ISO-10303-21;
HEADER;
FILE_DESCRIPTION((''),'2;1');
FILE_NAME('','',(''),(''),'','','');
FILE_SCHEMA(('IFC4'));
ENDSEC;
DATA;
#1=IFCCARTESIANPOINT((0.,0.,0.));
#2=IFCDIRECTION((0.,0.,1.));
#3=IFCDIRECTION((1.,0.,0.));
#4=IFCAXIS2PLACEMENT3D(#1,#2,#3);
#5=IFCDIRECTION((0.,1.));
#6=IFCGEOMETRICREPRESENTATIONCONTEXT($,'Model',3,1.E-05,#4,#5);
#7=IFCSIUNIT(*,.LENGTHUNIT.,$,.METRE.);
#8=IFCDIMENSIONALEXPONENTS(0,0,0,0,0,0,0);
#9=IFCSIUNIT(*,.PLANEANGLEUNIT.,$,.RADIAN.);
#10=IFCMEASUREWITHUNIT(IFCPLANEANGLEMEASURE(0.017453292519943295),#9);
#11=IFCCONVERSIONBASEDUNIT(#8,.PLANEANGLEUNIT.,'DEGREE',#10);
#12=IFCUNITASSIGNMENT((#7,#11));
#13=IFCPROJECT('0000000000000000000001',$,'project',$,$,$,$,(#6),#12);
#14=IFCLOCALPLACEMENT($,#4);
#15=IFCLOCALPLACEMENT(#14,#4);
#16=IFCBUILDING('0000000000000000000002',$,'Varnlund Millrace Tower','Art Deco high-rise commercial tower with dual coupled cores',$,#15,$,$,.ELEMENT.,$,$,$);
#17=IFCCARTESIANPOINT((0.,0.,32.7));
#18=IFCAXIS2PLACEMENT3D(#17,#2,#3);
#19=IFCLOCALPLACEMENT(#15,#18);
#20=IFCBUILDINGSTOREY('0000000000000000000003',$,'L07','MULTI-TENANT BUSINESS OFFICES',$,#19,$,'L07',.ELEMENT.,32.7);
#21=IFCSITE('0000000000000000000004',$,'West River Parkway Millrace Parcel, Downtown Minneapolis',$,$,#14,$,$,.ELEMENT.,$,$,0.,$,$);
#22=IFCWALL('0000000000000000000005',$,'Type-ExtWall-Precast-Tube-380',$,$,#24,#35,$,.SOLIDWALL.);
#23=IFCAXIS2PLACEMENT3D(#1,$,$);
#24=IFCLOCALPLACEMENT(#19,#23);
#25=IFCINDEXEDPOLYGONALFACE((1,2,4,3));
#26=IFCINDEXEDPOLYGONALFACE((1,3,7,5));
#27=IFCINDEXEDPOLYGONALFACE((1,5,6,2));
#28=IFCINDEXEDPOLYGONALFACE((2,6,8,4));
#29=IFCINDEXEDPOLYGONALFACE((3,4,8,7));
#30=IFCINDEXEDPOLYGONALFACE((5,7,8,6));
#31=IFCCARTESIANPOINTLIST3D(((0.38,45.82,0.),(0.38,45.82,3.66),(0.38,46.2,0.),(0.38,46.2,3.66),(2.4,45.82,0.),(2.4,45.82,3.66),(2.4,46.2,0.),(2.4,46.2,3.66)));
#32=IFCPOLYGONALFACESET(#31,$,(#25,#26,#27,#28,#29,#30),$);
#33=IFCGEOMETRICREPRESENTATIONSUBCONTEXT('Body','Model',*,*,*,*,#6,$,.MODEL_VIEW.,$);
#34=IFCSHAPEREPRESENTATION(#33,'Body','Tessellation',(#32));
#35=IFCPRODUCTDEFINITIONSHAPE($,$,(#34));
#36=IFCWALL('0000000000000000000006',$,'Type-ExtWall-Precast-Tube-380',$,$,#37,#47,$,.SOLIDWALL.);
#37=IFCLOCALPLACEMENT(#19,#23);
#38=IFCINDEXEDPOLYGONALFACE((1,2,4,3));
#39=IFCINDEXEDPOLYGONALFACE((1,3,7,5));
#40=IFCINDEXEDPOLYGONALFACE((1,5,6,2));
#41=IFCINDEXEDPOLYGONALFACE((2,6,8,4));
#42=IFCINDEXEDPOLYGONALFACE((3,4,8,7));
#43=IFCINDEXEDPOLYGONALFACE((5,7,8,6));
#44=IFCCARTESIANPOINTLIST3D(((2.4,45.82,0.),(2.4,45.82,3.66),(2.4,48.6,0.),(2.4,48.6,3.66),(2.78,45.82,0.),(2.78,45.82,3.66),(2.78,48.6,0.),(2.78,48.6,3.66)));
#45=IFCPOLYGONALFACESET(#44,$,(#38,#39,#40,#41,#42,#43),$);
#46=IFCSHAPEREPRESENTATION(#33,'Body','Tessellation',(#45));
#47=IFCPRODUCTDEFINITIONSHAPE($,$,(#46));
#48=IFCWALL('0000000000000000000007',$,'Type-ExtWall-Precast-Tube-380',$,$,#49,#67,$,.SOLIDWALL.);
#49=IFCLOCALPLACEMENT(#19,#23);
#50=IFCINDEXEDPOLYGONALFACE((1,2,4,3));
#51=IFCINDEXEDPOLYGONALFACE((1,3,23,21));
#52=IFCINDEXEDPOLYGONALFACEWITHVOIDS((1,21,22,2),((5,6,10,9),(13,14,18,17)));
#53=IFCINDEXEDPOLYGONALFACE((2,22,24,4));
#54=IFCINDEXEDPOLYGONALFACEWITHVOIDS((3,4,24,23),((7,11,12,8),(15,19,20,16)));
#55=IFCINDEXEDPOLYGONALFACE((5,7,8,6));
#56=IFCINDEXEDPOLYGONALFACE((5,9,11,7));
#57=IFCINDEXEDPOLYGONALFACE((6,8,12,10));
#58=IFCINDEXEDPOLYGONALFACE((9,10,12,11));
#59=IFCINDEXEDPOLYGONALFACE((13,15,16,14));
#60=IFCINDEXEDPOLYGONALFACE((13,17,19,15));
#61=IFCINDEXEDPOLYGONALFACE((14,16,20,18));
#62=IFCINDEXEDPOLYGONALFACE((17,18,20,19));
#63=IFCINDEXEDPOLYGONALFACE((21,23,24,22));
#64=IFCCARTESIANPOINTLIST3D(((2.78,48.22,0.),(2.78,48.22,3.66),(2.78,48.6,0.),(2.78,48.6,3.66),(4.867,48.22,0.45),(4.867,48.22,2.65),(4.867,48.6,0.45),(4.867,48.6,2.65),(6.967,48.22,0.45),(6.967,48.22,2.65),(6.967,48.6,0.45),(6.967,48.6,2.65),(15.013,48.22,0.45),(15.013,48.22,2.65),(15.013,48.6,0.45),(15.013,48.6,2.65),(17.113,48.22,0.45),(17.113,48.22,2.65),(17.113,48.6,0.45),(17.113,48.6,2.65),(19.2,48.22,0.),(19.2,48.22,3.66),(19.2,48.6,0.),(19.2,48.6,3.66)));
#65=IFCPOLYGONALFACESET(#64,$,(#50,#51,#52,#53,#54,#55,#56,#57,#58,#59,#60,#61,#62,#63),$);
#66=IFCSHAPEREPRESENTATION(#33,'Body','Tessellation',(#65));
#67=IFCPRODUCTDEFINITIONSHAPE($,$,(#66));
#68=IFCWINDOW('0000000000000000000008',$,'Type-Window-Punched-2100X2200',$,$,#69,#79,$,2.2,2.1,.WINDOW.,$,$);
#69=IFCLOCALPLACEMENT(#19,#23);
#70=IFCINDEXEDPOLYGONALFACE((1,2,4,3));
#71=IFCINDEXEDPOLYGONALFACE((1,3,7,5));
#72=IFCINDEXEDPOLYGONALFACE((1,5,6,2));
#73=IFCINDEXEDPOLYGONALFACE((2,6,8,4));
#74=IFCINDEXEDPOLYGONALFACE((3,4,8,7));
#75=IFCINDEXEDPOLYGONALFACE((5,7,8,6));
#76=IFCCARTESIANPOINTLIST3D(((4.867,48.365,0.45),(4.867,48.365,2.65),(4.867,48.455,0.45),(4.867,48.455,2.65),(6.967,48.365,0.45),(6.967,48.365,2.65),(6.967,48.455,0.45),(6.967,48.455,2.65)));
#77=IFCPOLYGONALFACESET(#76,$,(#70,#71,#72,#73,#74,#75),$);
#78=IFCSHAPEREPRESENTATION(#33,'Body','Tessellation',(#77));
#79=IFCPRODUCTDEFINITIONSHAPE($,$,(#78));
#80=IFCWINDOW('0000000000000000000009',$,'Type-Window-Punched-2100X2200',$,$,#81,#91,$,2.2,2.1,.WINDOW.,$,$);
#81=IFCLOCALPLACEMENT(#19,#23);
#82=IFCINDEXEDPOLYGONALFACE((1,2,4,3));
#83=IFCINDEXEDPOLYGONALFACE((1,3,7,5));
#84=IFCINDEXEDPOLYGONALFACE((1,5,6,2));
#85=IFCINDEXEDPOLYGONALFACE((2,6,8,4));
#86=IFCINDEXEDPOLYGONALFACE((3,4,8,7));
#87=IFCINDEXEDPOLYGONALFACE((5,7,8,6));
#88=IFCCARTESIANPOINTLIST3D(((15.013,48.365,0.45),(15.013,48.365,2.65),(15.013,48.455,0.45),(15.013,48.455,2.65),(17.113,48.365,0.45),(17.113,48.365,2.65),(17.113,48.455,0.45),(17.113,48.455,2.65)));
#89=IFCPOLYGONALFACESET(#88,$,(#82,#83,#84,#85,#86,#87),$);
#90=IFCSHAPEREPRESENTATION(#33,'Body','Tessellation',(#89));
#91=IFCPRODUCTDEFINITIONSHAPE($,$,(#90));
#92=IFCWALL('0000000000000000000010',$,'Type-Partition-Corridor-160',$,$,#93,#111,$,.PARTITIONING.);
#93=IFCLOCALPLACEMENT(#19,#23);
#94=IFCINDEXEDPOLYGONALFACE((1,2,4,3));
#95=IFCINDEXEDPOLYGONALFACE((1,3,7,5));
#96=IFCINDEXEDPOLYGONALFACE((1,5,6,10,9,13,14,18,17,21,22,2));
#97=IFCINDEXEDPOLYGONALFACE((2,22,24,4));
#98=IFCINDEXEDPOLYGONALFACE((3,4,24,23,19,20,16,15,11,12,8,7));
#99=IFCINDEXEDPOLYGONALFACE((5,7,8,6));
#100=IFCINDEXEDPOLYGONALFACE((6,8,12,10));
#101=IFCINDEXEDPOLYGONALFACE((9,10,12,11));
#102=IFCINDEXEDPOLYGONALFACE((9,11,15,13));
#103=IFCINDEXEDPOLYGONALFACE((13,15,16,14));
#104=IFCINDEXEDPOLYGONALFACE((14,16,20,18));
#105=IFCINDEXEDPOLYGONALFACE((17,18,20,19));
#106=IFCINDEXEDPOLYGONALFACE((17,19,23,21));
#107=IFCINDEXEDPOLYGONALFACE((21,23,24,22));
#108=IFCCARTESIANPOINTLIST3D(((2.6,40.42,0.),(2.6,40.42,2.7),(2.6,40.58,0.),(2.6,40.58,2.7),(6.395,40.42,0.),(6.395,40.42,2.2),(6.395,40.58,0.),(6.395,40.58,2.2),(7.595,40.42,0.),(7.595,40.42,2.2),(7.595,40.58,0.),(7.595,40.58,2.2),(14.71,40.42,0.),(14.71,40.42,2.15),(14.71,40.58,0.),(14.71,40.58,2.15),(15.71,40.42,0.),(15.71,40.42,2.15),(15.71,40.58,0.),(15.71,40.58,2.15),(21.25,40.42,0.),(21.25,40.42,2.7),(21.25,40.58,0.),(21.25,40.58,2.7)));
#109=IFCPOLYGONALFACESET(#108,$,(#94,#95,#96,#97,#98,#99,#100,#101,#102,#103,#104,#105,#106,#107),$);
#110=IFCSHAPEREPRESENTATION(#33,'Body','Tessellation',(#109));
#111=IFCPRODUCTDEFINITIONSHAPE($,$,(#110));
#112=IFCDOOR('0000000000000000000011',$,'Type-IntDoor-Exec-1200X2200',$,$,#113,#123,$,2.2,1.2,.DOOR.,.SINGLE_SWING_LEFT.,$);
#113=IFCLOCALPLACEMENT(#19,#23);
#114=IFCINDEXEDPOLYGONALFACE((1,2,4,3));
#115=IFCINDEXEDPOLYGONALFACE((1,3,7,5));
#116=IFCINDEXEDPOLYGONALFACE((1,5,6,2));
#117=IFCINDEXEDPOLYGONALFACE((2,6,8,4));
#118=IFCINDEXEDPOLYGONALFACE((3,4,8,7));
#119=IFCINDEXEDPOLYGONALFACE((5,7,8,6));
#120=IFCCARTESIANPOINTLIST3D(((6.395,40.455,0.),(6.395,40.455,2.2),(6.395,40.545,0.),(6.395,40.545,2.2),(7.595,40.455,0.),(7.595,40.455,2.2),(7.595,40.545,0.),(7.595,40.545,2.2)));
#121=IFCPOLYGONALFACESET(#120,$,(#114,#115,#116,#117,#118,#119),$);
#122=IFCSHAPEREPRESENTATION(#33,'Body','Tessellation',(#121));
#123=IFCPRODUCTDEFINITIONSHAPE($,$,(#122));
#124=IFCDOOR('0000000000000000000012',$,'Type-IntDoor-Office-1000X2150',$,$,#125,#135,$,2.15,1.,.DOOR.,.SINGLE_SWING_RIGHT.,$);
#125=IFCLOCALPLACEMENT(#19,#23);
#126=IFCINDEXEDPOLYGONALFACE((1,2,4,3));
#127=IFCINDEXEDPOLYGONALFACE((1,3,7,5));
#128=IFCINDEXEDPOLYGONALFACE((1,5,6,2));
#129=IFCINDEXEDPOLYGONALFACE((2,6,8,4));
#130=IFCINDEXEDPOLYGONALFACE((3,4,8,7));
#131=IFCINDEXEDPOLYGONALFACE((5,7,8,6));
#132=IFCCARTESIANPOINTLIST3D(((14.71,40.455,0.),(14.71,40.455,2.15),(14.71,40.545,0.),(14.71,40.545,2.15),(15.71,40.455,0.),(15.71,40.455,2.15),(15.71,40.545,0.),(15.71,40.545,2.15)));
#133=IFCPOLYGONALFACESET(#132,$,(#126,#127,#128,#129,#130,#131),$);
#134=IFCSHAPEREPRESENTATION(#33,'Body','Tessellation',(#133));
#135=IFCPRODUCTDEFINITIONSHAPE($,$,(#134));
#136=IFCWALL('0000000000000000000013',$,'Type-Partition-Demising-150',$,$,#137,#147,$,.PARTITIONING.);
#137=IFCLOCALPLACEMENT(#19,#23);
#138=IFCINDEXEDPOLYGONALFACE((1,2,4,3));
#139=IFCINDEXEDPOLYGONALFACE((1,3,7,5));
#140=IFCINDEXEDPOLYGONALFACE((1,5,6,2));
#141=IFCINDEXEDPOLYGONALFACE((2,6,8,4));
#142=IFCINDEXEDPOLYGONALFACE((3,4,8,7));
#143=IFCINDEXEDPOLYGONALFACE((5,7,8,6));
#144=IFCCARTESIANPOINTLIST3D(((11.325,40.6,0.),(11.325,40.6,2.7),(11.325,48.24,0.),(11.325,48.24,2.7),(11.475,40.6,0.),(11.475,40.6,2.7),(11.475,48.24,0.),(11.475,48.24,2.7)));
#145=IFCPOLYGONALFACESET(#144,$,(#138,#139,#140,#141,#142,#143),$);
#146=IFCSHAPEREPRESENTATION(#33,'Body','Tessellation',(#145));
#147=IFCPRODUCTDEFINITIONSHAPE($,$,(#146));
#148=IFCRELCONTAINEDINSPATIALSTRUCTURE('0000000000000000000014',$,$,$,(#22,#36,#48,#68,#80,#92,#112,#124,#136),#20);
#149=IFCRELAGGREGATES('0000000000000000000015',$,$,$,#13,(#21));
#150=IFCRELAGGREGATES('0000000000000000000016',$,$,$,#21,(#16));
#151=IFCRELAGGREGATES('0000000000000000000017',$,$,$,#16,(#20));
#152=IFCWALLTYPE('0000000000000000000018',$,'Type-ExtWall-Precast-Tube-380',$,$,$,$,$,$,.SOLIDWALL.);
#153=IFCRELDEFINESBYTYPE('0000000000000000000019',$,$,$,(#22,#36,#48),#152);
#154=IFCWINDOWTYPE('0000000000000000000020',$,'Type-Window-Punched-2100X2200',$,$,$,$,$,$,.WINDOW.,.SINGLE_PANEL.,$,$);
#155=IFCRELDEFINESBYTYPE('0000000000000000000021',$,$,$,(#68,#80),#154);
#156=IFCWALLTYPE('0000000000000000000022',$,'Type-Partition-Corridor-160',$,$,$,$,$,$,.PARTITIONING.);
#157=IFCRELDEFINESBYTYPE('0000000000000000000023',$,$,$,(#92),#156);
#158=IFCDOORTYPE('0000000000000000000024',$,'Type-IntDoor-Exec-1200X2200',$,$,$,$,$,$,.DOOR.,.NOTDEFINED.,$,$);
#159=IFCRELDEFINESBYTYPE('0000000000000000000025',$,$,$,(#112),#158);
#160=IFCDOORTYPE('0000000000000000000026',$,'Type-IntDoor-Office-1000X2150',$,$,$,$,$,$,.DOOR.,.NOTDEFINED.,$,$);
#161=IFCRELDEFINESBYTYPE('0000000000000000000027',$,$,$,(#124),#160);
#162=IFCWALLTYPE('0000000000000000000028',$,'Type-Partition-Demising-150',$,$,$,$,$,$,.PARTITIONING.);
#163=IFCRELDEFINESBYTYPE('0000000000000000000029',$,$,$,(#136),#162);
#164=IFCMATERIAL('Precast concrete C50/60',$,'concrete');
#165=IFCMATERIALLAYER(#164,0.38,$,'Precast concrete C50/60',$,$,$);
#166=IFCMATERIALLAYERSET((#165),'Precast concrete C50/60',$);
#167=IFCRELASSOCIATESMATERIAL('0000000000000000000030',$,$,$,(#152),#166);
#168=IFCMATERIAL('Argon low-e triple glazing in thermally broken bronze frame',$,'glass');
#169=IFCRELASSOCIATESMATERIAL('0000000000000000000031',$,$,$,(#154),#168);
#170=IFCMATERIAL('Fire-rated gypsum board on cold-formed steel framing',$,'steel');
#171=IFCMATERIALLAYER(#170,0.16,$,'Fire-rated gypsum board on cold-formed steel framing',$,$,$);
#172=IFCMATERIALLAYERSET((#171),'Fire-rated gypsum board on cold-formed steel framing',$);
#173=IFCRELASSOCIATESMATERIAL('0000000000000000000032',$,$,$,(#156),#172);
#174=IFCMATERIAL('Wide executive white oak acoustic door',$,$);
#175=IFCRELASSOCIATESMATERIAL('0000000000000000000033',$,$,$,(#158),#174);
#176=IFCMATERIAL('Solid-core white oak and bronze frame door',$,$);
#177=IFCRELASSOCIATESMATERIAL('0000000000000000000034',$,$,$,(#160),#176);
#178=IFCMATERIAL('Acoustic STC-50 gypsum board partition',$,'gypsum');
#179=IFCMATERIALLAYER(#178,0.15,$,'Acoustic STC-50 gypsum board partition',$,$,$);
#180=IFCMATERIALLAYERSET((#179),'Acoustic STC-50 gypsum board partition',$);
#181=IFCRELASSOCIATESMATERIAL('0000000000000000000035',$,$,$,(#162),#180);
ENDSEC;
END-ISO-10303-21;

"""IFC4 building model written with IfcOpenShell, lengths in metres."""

from ifc_helpers import new_model, entity, si_unit, converted_unit, direction, frame, origin_with_axes, origin_2d_with_axis, place, context, subcontext, project, spatial, polyline, rectangle, outline, extrude, material, layer, layer_set, type_object, element, fill, save


model = new_model("IFC4")

# Units and contexts
model_context = context("Model", 3, precision=1e-05, world=origin_with_axes(), true_north=direction((0.0, 1.0)))
body_context = subcontext(model_context, "Body", "Model", "MODEL_VIEW")
ifc_project = project(units=[si_unit("LENGTHUNIT", "METRE"), converted_unit("PLANEANGLEUNIT", "DEGREE", entity("IfcPlaneAngleMeasure", 0.017453292519943295), si_unit("PLANEANGLEUNIT", "RADIAN"), dimensions=[0, 0, 0, 0, 0, 0, 0])], contexts=[model_context])

# Site, building, storey
site_placement = place(None, origin_with_axes())
site = spatial("IfcSite", under=ifc_project, at=site_placement, Name="West River Parkway Millrace Parcel, Downtown Minneapolis", CompositionType="ELEMENT", RefElevation=0.0)
building_placement = place(site_placement, origin_with_axes())
building = spatial("IfcBuilding", under=site, at=building_placement, Name="Varnlund Millrace Tower", Description="Art Deco high-rise commercial tower with dual coupled cores", CompositionType="ELEMENT")
storey_placement = place(building_placement, frame((0.0, 0.0, 32.7), z_axis=(0.0, 0.0, 1.0), x_axis=(1.0, 0.0, 0.0)))
storey = spatial("IfcBuildingStorey", under=building, at=storey_placement, Name="L07", Description="MULTI-TENANT BUSINESS OFFICES", LongName="L07", CompositionType="ELEMENT", Elevation=32.7)

# Walls
ifc_material_1 = material(Name="Precast concrete C50/60", Category="concrete")
ifc_layer_1 = layer(ifc_material_1, 0.38, Name="Precast concrete C50/60")
ifc_layer_set_1 = layer_set([ifc_layer_1], Name="Precast concrete C50/60")
wall_type_1 = type_object("IfcWallType", Name="Type-ExtWall-Precast-Tube-380", PredefinedType="SOLIDWALL", material=ifc_layer_set_1)
wall_1_placement = place(storey_placement, frame((0.38, 46.01, 0.0), z_axis=(0.0, 0.0, 1.0), x_axis=(1.0, 0.0, 0.0)))
element("IfcWall", 1, at=wall_1_placement, inside=storey, type_object=wall_type_1, Name="Type-ExtWall-Precast-Tube-380", PredefinedType="SOLIDWALL", context=body_context, shape_type="SweptSolid", body=[
    extrude(outline(polyline([(0.0, -0.19), (2.02, -0.19), (2.02, 0.19), (0.0, 0.19), (0.0, -0.19)])), origin_with_axes(), (0.0, 0.0, 1.0), 3.66),
])
wall_2_placement = place(storey_placement, frame((2.59, 45.82, 0.0), z_axis=(0.0, 0.0, 1.0), x_axis=(0.0, 1.0, 0.0)))
element("IfcWall", 2, at=wall_2_placement, inside=storey, type_object=wall_type_1, Name="Type-ExtWall-Precast-Tube-380", PredefinedType="SOLIDWALL", context=body_context, shape_type="SweptSolid", body=[
    extrude(outline(polyline([(0.0, -0.19), (2.78, -0.19), (2.78, 0.19), (0.0, 0.19), (0.0, -0.19)])), origin_with_axes(), (0.0, 0.0, 1.0), 3.66),
])

# Wall, openings, windows
wall_3_placement = place(storey_placement, frame((2.78, 48.41, 0.0), z_axis=(0.0, 0.0, 1.0), x_axis=(1.0, 0.0, 0.0)))
wall_3 = element("IfcWall", 3, at=wall_3_placement, inside=storey, type_object=wall_type_1, Name="Type-ExtWall-Precast-Tube-380", PredefinedType="SOLIDWALL", context=body_context, shape_type="SweptSolid", body=[
    extrude(outline(polyline([(0.0, -0.19), (16.42, -0.19), (16.42, 0.19), (0.0, 0.19), (0.0, -0.19)])), origin_with_axes(), (0.0, 0.0, 1.0), 3.66),
])
opening_1_placement = place(wall_3_placement, frame((3.137, 0.0, 0.45), z_axis=(0.0, 0.0, 1.0), x_axis=(1.0, 0.0, 0.0)))
opening_1 = element("IfcOpeningElement", 4, at=opening_1_placement, cuts=wall_3, PredefinedType="OPENING", context=body_context, shape_type="SweptSolid", body=[
    extrude(rectangle(XDim=2.1, YDim=0.4, at=origin_2d_with_axis()), origin_with_axes(), (0.0, 0.0, 1.0), 2.2),
])
opening_2_placement = place(wall_3_placement, frame((13.283, 0.0, 0.45), z_axis=(0.0, 0.0, 1.0), x_axis=(1.0, 0.0, 0.0)))
opening_2 = element("IfcOpeningElement", 5, at=opening_2_placement, cuts=wall_3, PredefinedType="OPENING", context=body_context, shape_type="SweptSolid", body=[
    extrude(rectangle(XDim=2.1, YDim=0.4, at=origin_2d_with_axis()), origin_with_axes(), (0.0, 0.0, 1.0), 2.2),
])
ifc_material_2 = material(Name="Argon low-e triple glazing in thermally broken bronze frame", Category="glass")
window_type = type_object("IfcWindowType", Name="Type-Window-Punched-2100X2200", PartitioningType="SINGLE_PANEL", PredefinedType="WINDOW", material=ifc_material_2)
window_1_placement = place(wall_3_placement, frame((3.137, 0.0, 0.45), z_axis=(0.0, 0.0, 1.0), x_axis=(1.0, 0.0, 0.0)))
window_1 = element("IfcWindow", 6, at=window_1_placement, inside=storey, type_object=window_type, Name="Type-Window-Punched-2100X2200", OverallHeight=2.2, OverallWidth=2.1, PredefinedType="WINDOW", context=body_context, shape_type="SweptSolid", body=[
    extrude(rectangle(XDim=2.1, YDim=0.09, at=origin_2d_with_axis()), origin_with_axes(), (0.0, 0.0, 1.0), 2.2),
])
fill(opening_1, window_1)
window_2_placement = place(wall_3_placement, frame((13.283, 0.0, 0.45), z_axis=(0.0, 0.0, 1.0), x_axis=(1.0, 0.0, 0.0)))
window_2 = element("IfcWindow", 7, at=window_2_placement, inside=storey, type_object=window_type, Name="Type-Window-Punched-2100X2200", OverallHeight=2.2, OverallWidth=2.1, PredefinedType="WINDOW", context=body_context, shape_type="SweptSolid", body=[
    extrude(rectangle(XDim=2.1, YDim=0.09, at=origin_2d_with_axis()), origin_with_axes(), (0.0, 0.0, 1.0), 2.2),
])
fill(opening_2, window_2)

# Wall, openings, doors
ifc_material_3 = material(Name="Fire-rated gypsum board on cold-formed steel framing", Category="steel")
ifc_layer_2 = layer(ifc_material_3, 0.16, Name="Fire-rated gypsum board on cold-formed steel framing")
ifc_layer_set_2 = layer_set([ifc_layer_2], Name="Fire-rated gypsum board on cold-formed steel framing")
wall_type_2 = type_object("IfcWallType", Name="Type-Partition-Corridor-160", PredefinedType="PARTITIONING", material=ifc_layer_set_2)
wall_4_placement = place(storey_placement, frame((2.6, 40.5, 0.0), z_axis=(0.0, 0.0, 1.0), x_axis=(1.0, 0.0, 0.0)))
wall_4 = element("IfcWall", 8, at=wall_4_placement, inside=storey, type_object=wall_type_2, Name="Type-Partition-Corridor-160", PredefinedType="PARTITIONING", context=body_context, shape_type="SweptSolid", body=[
    extrude(outline(polyline([(0.0, -0.08), (18.65, -0.08), (18.65, 0.08), (0.0, 0.08), (0.0, -0.08)])), origin_with_axes(), (0.0, 0.0, 1.0), 2.7),
])
opening_3_placement = place(wall_4_placement, frame((4.395, 0.0, 0.0), z_axis=(0.0, 0.0, 1.0), x_axis=(1.0, 0.0, 0.0)))
opening_3 = element("IfcOpeningElement", 9, at=opening_3_placement, cuts=wall_4, PredefinedType="OPENING", context=body_context, shape_type="SweptSolid", body=[
    extrude(rectangle(XDim=1.2, YDim=0.18, at=origin_2d_with_axis()), origin_with_axes(), (0.0, 0.0, 1.0), 2.2),
])
opening_4_placement = place(wall_4_placement, frame((12.61, 0.0, 0.0), z_axis=(0.0, 0.0, 1.0), x_axis=(1.0, 0.0, 0.0)))
opening_4 = element("IfcOpeningElement", 10, at=opening_4_placement, cuts=wall_4, PredefinedType="OPENING", context=body_context, shape_type="SweptSolid", body=[
    extrude(rectangle(XDim=1.0, YDim=0.18, at=origin_2d_with_axis()), origin_with_axes(), (0.0, 0.0, 1.0), 2.15),
])
ifc_material_4 = material(Name="Wide executive white oak acoustic door")
door_type_1 = type_object("IfcDoorType", Name="Type-IntDoor-Exec-1200X2200", OperationType="NOTDEFINED", PredefinedType="DOOR", material=ifc_material_4)
door_1_placement = place(wall_4_placement, frame((4.395, 0.0, 0.0), z_axis=(0.0, 0.0, 1.0), x_axis=(1.0, 0.0, 0.0)))
door_1 = element("IfcDoor", 11, at=door_1_placement, inside=storey, type_object=door_type_1, Name="Type-IntDoor-Exec-1200X2200", OperationType="SINGLE_SWING_LEFT", OverallHeight=2.2, OverallWidth=1.2, PredefinedType="DOOR", context=body_context, shape_type="SweptSolid", body=[
    extrude(rectangle(XDim=1.2, YDim=0.09, at=origin_2d_with_axis()), origin_with_axes(), (0.0, 0.0, 1.0), 2.2),
])
fill(opening_3, door_1)
ifc_material_5 = material(Name="Solid-core white oak and bronze frame door")
door_type_2 = type_object("IfcDoorType", Name="Type-IntDoor-Office-1000X2150", OperationType="NOTDEFINED", PredefinedType="DOOR", material=ifc_material_5)
door_2_placement = place(wall_4_placement, frame((12.61, 0.0, 0.0), z_axis=(0.0, 0.0, 1.0), x_axis=(1.0, 0.0, 0.0)))
door_2 = element("IfcDoor", 12, at=door_2_placement, inside=storey, type_object=door_type_2, Name="Type-IntDoor-Office-1000X2150", OperationType="SINGLE_SWING_RIGHT", OverallHeight=2.15, OverallWidth=1.0, PredefinedType="DOOR", context=body_context, shape_type="SweptSolid", body=[
    extrude(rectangle(XDim=1.0, YDim=0.09, at=origin_2d_with_axis()), origin_with_axes(), (0.0, 0.0, 1.0), 2.15),
])
fill(opening_4, door_2)

# Wall
ifc_material_6 = material(Name="Acoustic STC-50 gypsum board partition", Category="gypsum")
ifc_layer_3 = layer(ifc_material_6, 0.15, Name="Acoustic STC-50 gypsum board partition")
ifc_layer_set_3 = layer_set([ifc_layer_3], Name="Acoustic STC-50 gypsum board partition")
wall_type_3 = type_object("IfcWallType", Name="Type-Partition-Demising-150", PredefinedType="PARTITIONING", material=ifc_layer_set_3)
wall_5_placement = place(storey_placement, frame((11.4, 40.6, 0.0), z_axis=(0.0, 0.0, 1.0), x_axis=(0.0, 1.0, 0.0)))
element("IfcWall", 13, at=wall_5_placement, inside=storey, type_object=wall_type_3, Name="Type-Partition-Demising-150", PredefinedType="PARTITIONING", context=body_context, shape_type="SweptSolid", body=[
    extrude(outline(polyline([(0.0, -0.075), (7.64, -0.075), (7.64, 0.075), (0.0, 0.075), (0.0, -0.075)])), origin_with_axes(), (0.0, 0.0, 1.0), 2.7),
])

save(model, "model.ifc")
